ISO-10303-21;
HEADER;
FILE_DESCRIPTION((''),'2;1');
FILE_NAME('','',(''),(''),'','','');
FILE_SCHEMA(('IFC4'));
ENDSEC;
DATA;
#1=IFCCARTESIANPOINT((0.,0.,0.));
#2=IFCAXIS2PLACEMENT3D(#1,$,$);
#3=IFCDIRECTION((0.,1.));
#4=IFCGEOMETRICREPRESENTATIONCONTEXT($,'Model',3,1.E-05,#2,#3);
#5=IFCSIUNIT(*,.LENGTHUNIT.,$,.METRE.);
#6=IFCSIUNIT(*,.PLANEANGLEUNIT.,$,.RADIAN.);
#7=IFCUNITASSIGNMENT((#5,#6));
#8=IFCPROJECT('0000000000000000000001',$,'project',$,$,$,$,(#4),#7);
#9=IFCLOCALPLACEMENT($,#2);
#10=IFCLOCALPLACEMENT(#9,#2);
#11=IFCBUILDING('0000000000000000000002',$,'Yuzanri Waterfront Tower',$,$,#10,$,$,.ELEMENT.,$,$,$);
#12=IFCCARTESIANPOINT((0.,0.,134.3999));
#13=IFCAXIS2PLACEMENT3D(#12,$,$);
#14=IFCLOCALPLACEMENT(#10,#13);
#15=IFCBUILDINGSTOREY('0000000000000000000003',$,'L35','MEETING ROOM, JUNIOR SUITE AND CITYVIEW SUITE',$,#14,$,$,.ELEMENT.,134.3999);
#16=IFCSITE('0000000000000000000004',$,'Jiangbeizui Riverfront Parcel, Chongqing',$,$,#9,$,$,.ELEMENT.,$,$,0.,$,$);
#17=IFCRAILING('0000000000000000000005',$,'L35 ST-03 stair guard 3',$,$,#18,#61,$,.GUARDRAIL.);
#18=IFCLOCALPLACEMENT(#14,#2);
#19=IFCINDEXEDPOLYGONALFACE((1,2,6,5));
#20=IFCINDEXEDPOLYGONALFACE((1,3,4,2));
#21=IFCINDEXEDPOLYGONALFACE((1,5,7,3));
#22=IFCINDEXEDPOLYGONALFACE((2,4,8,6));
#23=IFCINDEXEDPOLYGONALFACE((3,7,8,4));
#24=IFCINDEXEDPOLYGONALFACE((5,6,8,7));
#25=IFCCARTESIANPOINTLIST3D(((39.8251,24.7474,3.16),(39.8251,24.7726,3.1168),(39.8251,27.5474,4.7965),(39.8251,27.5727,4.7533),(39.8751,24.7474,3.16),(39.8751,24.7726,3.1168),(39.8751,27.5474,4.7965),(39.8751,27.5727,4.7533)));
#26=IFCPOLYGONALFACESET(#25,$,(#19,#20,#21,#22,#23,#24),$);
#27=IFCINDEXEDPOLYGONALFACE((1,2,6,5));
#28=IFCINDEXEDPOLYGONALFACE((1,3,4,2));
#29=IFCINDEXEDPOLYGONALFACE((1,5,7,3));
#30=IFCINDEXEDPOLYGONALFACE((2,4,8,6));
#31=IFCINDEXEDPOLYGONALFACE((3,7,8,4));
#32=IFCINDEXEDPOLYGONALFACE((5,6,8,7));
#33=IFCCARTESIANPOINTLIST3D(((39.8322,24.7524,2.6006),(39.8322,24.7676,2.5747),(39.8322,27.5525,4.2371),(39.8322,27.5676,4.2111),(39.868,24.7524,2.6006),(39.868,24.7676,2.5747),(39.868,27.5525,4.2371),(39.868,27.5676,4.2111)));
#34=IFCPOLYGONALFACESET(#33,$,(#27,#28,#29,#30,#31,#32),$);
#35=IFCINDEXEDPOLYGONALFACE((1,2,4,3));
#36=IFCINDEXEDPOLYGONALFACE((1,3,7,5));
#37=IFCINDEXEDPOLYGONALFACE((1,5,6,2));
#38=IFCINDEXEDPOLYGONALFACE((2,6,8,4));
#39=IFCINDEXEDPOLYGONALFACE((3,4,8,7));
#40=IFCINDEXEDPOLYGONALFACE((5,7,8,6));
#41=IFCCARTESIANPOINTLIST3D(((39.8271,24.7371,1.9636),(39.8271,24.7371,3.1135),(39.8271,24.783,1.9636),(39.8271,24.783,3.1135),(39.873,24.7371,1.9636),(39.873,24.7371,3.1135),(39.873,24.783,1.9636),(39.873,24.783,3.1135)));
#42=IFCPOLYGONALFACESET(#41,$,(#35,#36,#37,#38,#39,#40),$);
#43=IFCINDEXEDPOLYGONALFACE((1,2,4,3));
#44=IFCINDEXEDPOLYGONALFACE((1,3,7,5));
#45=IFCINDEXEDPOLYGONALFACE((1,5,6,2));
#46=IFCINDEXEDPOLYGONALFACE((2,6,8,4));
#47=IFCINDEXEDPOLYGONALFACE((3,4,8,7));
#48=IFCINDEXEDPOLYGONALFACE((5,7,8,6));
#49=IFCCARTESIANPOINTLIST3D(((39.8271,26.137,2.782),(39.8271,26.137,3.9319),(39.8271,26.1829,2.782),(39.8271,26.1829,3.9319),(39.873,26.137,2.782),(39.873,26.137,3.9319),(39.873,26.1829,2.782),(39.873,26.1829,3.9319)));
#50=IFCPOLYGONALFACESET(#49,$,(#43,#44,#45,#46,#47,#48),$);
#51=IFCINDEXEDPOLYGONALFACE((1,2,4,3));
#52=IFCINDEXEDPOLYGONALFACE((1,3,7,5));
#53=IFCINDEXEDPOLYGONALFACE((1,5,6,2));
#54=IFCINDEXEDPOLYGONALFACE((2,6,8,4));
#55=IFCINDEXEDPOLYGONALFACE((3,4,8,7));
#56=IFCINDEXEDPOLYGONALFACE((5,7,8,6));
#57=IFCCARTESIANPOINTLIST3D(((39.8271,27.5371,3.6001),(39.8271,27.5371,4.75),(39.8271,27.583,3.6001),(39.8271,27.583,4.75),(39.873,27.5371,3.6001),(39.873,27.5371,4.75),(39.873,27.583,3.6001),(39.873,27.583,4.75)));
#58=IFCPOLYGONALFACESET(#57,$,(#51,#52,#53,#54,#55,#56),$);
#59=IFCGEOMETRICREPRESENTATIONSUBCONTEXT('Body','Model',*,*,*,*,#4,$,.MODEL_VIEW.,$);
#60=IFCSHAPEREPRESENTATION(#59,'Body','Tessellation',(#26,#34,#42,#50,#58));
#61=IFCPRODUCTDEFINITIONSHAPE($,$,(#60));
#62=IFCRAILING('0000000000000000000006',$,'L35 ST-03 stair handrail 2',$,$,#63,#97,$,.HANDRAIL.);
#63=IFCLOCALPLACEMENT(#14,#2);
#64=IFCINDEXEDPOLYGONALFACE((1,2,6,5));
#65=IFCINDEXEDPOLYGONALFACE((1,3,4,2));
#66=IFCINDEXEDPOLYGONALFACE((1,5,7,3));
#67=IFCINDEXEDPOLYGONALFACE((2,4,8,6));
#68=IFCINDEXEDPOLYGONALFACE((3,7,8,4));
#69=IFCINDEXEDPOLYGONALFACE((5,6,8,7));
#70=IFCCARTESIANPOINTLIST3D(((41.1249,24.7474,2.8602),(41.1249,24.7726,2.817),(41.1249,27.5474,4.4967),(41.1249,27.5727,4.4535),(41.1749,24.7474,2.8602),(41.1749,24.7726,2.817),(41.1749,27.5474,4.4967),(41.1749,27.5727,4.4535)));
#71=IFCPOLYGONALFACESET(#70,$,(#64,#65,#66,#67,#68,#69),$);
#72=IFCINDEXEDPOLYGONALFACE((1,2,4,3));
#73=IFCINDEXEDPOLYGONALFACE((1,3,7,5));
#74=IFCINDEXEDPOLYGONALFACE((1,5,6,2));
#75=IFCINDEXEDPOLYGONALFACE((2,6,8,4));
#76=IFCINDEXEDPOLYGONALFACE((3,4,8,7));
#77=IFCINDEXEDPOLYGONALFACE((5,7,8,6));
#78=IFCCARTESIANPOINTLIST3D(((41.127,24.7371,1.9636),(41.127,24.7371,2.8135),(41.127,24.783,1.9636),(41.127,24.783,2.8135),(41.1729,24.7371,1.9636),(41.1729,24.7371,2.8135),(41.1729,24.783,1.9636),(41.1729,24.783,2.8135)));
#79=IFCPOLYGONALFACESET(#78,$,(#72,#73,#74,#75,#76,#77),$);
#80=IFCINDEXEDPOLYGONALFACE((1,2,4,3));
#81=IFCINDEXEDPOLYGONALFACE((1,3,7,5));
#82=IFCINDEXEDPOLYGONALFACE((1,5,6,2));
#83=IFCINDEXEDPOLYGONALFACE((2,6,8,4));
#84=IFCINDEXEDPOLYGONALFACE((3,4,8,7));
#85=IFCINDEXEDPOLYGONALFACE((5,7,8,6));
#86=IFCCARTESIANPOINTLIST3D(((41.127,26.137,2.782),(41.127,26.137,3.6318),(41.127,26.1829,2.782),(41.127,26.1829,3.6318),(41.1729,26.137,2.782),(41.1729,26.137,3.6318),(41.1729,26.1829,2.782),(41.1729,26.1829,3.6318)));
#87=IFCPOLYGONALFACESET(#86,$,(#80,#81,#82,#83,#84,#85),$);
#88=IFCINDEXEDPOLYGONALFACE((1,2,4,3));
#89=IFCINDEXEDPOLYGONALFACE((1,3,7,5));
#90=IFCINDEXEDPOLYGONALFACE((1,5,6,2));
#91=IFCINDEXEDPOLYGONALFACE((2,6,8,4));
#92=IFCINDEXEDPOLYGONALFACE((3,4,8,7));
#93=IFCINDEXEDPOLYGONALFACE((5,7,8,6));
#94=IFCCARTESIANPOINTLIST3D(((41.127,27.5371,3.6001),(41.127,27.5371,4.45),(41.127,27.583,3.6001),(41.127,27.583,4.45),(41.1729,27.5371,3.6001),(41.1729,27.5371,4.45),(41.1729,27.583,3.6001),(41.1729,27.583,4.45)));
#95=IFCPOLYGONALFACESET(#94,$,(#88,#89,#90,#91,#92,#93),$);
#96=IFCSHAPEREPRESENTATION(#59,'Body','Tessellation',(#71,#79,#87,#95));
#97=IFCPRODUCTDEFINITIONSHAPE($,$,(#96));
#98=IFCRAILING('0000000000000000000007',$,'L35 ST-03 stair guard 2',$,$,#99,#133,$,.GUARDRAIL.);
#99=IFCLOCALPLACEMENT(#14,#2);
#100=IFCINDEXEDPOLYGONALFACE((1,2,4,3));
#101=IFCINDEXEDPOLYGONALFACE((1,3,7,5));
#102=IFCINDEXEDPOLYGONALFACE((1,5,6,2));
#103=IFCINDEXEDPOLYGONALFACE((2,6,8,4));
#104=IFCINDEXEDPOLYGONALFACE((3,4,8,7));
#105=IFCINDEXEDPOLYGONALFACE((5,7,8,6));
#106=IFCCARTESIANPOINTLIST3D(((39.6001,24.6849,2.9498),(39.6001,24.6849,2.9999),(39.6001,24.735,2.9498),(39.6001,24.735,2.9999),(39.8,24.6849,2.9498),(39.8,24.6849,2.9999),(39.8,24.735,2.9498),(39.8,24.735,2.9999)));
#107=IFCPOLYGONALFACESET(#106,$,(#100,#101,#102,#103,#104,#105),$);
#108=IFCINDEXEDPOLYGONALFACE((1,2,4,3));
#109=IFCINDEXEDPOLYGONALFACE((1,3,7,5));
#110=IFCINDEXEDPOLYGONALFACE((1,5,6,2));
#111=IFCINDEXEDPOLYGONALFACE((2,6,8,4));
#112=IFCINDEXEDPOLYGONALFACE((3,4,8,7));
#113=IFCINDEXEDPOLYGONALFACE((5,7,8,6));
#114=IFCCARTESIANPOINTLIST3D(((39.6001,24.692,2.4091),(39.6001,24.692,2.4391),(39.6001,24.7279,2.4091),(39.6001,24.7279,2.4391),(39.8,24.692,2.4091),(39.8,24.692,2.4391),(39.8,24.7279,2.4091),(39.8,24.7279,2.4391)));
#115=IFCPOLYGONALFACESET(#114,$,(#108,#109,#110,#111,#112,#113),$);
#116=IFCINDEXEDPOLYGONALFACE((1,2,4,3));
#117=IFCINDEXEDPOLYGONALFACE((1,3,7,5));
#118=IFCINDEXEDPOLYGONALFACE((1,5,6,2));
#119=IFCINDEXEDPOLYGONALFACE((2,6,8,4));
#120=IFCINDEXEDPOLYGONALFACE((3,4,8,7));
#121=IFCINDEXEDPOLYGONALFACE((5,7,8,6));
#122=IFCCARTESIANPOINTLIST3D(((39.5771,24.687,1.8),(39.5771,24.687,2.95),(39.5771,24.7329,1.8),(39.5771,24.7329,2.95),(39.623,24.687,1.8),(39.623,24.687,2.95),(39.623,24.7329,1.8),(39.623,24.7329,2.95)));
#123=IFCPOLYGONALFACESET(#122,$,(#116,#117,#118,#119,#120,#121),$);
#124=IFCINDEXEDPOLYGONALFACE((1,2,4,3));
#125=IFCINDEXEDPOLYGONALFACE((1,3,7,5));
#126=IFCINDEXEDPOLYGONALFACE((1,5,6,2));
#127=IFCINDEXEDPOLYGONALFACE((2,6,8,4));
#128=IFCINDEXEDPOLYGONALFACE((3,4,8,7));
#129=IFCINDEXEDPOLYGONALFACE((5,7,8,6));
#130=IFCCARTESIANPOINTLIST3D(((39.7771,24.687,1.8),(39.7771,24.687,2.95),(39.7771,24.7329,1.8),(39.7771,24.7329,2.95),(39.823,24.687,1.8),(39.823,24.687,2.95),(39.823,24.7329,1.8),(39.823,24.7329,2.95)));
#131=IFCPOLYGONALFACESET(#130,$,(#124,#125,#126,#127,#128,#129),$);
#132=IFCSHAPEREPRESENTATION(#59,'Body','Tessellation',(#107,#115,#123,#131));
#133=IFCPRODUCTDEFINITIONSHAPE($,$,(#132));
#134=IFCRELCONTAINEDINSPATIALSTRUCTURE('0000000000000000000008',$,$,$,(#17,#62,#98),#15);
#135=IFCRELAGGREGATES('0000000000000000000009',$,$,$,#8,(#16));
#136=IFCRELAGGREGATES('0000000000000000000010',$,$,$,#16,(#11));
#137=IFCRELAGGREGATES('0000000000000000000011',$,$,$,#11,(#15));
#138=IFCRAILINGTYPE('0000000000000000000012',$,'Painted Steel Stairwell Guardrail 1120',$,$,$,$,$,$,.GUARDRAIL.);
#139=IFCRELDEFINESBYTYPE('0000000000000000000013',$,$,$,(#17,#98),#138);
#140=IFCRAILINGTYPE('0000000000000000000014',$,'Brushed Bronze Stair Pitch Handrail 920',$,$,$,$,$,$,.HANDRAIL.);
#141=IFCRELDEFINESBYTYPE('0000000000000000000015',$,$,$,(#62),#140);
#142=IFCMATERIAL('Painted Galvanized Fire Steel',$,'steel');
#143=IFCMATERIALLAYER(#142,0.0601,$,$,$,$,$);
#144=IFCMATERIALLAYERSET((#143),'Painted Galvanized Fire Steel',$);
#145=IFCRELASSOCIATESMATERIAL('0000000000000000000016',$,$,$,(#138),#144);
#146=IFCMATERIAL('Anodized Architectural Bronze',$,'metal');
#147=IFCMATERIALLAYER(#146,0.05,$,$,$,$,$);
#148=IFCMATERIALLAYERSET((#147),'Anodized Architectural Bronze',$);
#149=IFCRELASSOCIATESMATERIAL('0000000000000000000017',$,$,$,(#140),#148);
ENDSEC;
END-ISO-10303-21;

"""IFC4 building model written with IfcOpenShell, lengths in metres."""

from ifc_helpers import new_model, si_unit, direction, frame, origin, origin_2d, place, context, subcontext, project, spatial, rectangle, extrude, source, transform, mapped, material, layer, layer_set, type_object, element, save


model = new_model("IFC4")

# Units and contexts
model_context = context("Model", 3, precision=1e-05, world=origin(), true_north=direction((0.0, 1.0)))
body_context = subcontext(model_context, "Body", "Model", "MODEL_VIEW")
ifc_project = project(units=[si_unit("LENGTHUNIT", "METRE"), si_unit("PLANEANGLEUNIT", "RADIAN")], contexts=[model_context])

# Site, building, storey
site_placement = place(None, origin())
site = spatial("IfcSite", under=ifc_project, at=site_placement, Name="Jiangbeizui Riverfront Parcel, Chongqing", CompositionType="ELEMENT", RefElevation=0.0)
building_placement = place(site_placement, origin())
building = spatial("IfcBuilding", under=site, at=building_placement, Name="Yuzanri Waterfront Tower", CompositionType="ELEMENT")
storey_placement = place(building_placement, frame((0.0, 0.0, 134.3999)))
storey = spatial("IfcBuildingStorey", under=building, at=storey_placement, Name="L35", Description="MEETING ROOM, JUNIOR SUITE AND CITYVIEW SUITE", CompositionType="ELEMENT", Elevation=134.3999)

# Railings
ifc_material_1 = material(Name="Painted Galvanized Fire Steel", Category="steel")
ifc_layer_1 = layer(ifc_material_1, 0.0601)
ifc_layer_set_1 = layer_set([ifc_layer_1], Name="Painted Galvanized Fire Steel")
railing_type_1 = type_object("IfcRailingType", Name="Painted Steel Stairwell Guardrail 1120", PredefinedType="GUARDRAIL", material=ifc_layer_set_1)
shared_shape_1 = source(origin(), body_context, "Body", "SweptSolid", [
    extrude(rectangle(XDim=0.05, YDim=0.05, at=origin_2d()), frame((0.0, 0.0, 1.1748), z_axis=(0.0, 0.863361, 0.504587), x_axis=(-1.0, 0.0, 0.0)), (0.0, 0.0, 1.0), 3.2432),
    extrude(rectangle(XDim=0.0359, YDim=0.03, at=origin_2d()), frame((0.0, 0.0, 0.624), z_axis=(0.0, 0.863361, 0.504587), x_axis=(-1.0, 0.0, 0.0)), (0.0, 0.0, 1.0), 3.2432),
    extrude(rectangle(XDim=0.0459, YDim=0.0459, at=origin_2d()), origin(), (0.0, 0.0, 1.0), 1.1499),
    extrude(rectangle(XDim=0.0459, YDim=0.0459, at=origin_2d()), frame((0.0, 1.3999, 0.8184)), (0.0, 0.0, 1.0), 1.1499),
    extrude(rectangle(XDim=0.0459, YDim=0.0459, at=origin_2d()), frame((0.0, 2.8, 1.6365)), (0.0, 0.0, 1.0), 1.1499),
])
railing_1_placement = place(storey_placement, frame((39.8501, 24.76, 1.9636)))
element("IfcRailing", 1, at=railing_1_placement, inside=storey, type_object=railing_type_1, Name="L35 ST-03 stair guard 3", PredefinedType="GUARDRAIL", context=body_context, shape_type="MappedRepresentation", body=[
    mapped(shared_shape_1, transform((0.0, 0.0, 0.0), scale=1.0)),
])
ifc_material_2 = material(Name="Anodized Architectural Bronze", Category="metal")
ifc_layer_2 = layer(ifc_material_2, 0.05)
ifc_layer_set_2 = layer_set([ifc_layer_2], Name="Anodized Architectural Bronze")
railing_type_2 = type_object("IfcRailingType", Name="Brushed Bronze Stair Pitch Handrail 920", PredefinedType="HANDRAIL", material=ifc_layer_set_2)
shared_shape_2 = source(origin(), body_context, "Body", "SweptSolid", [
    extrude(rectangle(XDim=0.05, YDim=0.05, at=origin_2d()), frame((0.0, 0.0, 0.875), z_axis=(0.0, 0.863361, 0.504587), x_axis=(-1.0, 0.0, 0.0)), (0.0, 0.0, 1.0), 3.2432),
    extrude(rectangle(XDim=0.0459, YDim=0.0459, at=origin_2d()), origin(), (0.0, 0.0, 1.0), 0.8499),
    extrude(rectangle(XDim=0.0459, YDim=0.0459, at=origin_2d()), frame((0.0, 1.3999, 0.8184)), (0.0, 0.0, 1.0), 0.8499),
    extrude(rectangle(XDim=0.0459, YDim=0.0459, at=origin_2d()), frame((0.0, 2.8, 1.6365)), (0.0, 0.0, 1.0), 0.8499),
])
railing_2_placement = place(storey_placement, frame((41.1499, 24.76, 1.9636)))
element("IfcRailing", 2, at=railing_2_placement, inside=storey, type_object=railing_type_2, Name="L35 ST-03 stair handrail 2", PredefinedType="HANDRAIL", context=body_context, shape_type="MappedRepresentation", body=[
    mapped(shared_shape_2, transform((0.0, 0.0, 0.0), scale=1.0)),
])
shared_shape_3 = source(origin(), body_context, "Body", "SweptSolid", [
    extrude(rectangle(XDim=0.05, YDim=0.05, at=origin_2d()), frame((0.0, 0.0, 1.1748), z_axis=(1.0, 0.0, 0.0), x_axis=(0.0, 1.0, 0.0)), (0.0, 0.0, 1.0), 0.2),
    extrude(rectangle(XDim=0.0359, YDim=0.03, at=origin_2d()), frame((0.0, 0.0, 0.624), z_axis=(1.0, 0.0, 0.0), x_axis=(0.0, 1.0, 0.0)), (0.0, 0.0, 1.0), 0.2),
    extrude(rectangle(XDim=0.0459, YDim=0.0459, at=origin_2d()), origin(), (0.0, 0.0, 1.0), 1.1499),
    extrude(rectangle(XDim=0.0459, YDim=0.0459, at=origin_2d()), frame((0.2, 0.0, 0.0)), (0.0, 0.0, 1.0), 1.1499),
])
railing_3_placement = place(storey_placement, frame((39.6001, 24.71, 1.8)))
element("IfcRailing", 3, at=railing_3_placement, inside=storey, type_object=railing_type_1, Name="L35 ST-03 stair guard 2", PredefinedType="GUARDRAIL", context=body_context, shape_type="MappedRepresentation", body=[
    mapped(shared_shape_3, transform((0.0, 0.0, 0.0), scale=1.0)),
])

save(model, "model.ifc")
